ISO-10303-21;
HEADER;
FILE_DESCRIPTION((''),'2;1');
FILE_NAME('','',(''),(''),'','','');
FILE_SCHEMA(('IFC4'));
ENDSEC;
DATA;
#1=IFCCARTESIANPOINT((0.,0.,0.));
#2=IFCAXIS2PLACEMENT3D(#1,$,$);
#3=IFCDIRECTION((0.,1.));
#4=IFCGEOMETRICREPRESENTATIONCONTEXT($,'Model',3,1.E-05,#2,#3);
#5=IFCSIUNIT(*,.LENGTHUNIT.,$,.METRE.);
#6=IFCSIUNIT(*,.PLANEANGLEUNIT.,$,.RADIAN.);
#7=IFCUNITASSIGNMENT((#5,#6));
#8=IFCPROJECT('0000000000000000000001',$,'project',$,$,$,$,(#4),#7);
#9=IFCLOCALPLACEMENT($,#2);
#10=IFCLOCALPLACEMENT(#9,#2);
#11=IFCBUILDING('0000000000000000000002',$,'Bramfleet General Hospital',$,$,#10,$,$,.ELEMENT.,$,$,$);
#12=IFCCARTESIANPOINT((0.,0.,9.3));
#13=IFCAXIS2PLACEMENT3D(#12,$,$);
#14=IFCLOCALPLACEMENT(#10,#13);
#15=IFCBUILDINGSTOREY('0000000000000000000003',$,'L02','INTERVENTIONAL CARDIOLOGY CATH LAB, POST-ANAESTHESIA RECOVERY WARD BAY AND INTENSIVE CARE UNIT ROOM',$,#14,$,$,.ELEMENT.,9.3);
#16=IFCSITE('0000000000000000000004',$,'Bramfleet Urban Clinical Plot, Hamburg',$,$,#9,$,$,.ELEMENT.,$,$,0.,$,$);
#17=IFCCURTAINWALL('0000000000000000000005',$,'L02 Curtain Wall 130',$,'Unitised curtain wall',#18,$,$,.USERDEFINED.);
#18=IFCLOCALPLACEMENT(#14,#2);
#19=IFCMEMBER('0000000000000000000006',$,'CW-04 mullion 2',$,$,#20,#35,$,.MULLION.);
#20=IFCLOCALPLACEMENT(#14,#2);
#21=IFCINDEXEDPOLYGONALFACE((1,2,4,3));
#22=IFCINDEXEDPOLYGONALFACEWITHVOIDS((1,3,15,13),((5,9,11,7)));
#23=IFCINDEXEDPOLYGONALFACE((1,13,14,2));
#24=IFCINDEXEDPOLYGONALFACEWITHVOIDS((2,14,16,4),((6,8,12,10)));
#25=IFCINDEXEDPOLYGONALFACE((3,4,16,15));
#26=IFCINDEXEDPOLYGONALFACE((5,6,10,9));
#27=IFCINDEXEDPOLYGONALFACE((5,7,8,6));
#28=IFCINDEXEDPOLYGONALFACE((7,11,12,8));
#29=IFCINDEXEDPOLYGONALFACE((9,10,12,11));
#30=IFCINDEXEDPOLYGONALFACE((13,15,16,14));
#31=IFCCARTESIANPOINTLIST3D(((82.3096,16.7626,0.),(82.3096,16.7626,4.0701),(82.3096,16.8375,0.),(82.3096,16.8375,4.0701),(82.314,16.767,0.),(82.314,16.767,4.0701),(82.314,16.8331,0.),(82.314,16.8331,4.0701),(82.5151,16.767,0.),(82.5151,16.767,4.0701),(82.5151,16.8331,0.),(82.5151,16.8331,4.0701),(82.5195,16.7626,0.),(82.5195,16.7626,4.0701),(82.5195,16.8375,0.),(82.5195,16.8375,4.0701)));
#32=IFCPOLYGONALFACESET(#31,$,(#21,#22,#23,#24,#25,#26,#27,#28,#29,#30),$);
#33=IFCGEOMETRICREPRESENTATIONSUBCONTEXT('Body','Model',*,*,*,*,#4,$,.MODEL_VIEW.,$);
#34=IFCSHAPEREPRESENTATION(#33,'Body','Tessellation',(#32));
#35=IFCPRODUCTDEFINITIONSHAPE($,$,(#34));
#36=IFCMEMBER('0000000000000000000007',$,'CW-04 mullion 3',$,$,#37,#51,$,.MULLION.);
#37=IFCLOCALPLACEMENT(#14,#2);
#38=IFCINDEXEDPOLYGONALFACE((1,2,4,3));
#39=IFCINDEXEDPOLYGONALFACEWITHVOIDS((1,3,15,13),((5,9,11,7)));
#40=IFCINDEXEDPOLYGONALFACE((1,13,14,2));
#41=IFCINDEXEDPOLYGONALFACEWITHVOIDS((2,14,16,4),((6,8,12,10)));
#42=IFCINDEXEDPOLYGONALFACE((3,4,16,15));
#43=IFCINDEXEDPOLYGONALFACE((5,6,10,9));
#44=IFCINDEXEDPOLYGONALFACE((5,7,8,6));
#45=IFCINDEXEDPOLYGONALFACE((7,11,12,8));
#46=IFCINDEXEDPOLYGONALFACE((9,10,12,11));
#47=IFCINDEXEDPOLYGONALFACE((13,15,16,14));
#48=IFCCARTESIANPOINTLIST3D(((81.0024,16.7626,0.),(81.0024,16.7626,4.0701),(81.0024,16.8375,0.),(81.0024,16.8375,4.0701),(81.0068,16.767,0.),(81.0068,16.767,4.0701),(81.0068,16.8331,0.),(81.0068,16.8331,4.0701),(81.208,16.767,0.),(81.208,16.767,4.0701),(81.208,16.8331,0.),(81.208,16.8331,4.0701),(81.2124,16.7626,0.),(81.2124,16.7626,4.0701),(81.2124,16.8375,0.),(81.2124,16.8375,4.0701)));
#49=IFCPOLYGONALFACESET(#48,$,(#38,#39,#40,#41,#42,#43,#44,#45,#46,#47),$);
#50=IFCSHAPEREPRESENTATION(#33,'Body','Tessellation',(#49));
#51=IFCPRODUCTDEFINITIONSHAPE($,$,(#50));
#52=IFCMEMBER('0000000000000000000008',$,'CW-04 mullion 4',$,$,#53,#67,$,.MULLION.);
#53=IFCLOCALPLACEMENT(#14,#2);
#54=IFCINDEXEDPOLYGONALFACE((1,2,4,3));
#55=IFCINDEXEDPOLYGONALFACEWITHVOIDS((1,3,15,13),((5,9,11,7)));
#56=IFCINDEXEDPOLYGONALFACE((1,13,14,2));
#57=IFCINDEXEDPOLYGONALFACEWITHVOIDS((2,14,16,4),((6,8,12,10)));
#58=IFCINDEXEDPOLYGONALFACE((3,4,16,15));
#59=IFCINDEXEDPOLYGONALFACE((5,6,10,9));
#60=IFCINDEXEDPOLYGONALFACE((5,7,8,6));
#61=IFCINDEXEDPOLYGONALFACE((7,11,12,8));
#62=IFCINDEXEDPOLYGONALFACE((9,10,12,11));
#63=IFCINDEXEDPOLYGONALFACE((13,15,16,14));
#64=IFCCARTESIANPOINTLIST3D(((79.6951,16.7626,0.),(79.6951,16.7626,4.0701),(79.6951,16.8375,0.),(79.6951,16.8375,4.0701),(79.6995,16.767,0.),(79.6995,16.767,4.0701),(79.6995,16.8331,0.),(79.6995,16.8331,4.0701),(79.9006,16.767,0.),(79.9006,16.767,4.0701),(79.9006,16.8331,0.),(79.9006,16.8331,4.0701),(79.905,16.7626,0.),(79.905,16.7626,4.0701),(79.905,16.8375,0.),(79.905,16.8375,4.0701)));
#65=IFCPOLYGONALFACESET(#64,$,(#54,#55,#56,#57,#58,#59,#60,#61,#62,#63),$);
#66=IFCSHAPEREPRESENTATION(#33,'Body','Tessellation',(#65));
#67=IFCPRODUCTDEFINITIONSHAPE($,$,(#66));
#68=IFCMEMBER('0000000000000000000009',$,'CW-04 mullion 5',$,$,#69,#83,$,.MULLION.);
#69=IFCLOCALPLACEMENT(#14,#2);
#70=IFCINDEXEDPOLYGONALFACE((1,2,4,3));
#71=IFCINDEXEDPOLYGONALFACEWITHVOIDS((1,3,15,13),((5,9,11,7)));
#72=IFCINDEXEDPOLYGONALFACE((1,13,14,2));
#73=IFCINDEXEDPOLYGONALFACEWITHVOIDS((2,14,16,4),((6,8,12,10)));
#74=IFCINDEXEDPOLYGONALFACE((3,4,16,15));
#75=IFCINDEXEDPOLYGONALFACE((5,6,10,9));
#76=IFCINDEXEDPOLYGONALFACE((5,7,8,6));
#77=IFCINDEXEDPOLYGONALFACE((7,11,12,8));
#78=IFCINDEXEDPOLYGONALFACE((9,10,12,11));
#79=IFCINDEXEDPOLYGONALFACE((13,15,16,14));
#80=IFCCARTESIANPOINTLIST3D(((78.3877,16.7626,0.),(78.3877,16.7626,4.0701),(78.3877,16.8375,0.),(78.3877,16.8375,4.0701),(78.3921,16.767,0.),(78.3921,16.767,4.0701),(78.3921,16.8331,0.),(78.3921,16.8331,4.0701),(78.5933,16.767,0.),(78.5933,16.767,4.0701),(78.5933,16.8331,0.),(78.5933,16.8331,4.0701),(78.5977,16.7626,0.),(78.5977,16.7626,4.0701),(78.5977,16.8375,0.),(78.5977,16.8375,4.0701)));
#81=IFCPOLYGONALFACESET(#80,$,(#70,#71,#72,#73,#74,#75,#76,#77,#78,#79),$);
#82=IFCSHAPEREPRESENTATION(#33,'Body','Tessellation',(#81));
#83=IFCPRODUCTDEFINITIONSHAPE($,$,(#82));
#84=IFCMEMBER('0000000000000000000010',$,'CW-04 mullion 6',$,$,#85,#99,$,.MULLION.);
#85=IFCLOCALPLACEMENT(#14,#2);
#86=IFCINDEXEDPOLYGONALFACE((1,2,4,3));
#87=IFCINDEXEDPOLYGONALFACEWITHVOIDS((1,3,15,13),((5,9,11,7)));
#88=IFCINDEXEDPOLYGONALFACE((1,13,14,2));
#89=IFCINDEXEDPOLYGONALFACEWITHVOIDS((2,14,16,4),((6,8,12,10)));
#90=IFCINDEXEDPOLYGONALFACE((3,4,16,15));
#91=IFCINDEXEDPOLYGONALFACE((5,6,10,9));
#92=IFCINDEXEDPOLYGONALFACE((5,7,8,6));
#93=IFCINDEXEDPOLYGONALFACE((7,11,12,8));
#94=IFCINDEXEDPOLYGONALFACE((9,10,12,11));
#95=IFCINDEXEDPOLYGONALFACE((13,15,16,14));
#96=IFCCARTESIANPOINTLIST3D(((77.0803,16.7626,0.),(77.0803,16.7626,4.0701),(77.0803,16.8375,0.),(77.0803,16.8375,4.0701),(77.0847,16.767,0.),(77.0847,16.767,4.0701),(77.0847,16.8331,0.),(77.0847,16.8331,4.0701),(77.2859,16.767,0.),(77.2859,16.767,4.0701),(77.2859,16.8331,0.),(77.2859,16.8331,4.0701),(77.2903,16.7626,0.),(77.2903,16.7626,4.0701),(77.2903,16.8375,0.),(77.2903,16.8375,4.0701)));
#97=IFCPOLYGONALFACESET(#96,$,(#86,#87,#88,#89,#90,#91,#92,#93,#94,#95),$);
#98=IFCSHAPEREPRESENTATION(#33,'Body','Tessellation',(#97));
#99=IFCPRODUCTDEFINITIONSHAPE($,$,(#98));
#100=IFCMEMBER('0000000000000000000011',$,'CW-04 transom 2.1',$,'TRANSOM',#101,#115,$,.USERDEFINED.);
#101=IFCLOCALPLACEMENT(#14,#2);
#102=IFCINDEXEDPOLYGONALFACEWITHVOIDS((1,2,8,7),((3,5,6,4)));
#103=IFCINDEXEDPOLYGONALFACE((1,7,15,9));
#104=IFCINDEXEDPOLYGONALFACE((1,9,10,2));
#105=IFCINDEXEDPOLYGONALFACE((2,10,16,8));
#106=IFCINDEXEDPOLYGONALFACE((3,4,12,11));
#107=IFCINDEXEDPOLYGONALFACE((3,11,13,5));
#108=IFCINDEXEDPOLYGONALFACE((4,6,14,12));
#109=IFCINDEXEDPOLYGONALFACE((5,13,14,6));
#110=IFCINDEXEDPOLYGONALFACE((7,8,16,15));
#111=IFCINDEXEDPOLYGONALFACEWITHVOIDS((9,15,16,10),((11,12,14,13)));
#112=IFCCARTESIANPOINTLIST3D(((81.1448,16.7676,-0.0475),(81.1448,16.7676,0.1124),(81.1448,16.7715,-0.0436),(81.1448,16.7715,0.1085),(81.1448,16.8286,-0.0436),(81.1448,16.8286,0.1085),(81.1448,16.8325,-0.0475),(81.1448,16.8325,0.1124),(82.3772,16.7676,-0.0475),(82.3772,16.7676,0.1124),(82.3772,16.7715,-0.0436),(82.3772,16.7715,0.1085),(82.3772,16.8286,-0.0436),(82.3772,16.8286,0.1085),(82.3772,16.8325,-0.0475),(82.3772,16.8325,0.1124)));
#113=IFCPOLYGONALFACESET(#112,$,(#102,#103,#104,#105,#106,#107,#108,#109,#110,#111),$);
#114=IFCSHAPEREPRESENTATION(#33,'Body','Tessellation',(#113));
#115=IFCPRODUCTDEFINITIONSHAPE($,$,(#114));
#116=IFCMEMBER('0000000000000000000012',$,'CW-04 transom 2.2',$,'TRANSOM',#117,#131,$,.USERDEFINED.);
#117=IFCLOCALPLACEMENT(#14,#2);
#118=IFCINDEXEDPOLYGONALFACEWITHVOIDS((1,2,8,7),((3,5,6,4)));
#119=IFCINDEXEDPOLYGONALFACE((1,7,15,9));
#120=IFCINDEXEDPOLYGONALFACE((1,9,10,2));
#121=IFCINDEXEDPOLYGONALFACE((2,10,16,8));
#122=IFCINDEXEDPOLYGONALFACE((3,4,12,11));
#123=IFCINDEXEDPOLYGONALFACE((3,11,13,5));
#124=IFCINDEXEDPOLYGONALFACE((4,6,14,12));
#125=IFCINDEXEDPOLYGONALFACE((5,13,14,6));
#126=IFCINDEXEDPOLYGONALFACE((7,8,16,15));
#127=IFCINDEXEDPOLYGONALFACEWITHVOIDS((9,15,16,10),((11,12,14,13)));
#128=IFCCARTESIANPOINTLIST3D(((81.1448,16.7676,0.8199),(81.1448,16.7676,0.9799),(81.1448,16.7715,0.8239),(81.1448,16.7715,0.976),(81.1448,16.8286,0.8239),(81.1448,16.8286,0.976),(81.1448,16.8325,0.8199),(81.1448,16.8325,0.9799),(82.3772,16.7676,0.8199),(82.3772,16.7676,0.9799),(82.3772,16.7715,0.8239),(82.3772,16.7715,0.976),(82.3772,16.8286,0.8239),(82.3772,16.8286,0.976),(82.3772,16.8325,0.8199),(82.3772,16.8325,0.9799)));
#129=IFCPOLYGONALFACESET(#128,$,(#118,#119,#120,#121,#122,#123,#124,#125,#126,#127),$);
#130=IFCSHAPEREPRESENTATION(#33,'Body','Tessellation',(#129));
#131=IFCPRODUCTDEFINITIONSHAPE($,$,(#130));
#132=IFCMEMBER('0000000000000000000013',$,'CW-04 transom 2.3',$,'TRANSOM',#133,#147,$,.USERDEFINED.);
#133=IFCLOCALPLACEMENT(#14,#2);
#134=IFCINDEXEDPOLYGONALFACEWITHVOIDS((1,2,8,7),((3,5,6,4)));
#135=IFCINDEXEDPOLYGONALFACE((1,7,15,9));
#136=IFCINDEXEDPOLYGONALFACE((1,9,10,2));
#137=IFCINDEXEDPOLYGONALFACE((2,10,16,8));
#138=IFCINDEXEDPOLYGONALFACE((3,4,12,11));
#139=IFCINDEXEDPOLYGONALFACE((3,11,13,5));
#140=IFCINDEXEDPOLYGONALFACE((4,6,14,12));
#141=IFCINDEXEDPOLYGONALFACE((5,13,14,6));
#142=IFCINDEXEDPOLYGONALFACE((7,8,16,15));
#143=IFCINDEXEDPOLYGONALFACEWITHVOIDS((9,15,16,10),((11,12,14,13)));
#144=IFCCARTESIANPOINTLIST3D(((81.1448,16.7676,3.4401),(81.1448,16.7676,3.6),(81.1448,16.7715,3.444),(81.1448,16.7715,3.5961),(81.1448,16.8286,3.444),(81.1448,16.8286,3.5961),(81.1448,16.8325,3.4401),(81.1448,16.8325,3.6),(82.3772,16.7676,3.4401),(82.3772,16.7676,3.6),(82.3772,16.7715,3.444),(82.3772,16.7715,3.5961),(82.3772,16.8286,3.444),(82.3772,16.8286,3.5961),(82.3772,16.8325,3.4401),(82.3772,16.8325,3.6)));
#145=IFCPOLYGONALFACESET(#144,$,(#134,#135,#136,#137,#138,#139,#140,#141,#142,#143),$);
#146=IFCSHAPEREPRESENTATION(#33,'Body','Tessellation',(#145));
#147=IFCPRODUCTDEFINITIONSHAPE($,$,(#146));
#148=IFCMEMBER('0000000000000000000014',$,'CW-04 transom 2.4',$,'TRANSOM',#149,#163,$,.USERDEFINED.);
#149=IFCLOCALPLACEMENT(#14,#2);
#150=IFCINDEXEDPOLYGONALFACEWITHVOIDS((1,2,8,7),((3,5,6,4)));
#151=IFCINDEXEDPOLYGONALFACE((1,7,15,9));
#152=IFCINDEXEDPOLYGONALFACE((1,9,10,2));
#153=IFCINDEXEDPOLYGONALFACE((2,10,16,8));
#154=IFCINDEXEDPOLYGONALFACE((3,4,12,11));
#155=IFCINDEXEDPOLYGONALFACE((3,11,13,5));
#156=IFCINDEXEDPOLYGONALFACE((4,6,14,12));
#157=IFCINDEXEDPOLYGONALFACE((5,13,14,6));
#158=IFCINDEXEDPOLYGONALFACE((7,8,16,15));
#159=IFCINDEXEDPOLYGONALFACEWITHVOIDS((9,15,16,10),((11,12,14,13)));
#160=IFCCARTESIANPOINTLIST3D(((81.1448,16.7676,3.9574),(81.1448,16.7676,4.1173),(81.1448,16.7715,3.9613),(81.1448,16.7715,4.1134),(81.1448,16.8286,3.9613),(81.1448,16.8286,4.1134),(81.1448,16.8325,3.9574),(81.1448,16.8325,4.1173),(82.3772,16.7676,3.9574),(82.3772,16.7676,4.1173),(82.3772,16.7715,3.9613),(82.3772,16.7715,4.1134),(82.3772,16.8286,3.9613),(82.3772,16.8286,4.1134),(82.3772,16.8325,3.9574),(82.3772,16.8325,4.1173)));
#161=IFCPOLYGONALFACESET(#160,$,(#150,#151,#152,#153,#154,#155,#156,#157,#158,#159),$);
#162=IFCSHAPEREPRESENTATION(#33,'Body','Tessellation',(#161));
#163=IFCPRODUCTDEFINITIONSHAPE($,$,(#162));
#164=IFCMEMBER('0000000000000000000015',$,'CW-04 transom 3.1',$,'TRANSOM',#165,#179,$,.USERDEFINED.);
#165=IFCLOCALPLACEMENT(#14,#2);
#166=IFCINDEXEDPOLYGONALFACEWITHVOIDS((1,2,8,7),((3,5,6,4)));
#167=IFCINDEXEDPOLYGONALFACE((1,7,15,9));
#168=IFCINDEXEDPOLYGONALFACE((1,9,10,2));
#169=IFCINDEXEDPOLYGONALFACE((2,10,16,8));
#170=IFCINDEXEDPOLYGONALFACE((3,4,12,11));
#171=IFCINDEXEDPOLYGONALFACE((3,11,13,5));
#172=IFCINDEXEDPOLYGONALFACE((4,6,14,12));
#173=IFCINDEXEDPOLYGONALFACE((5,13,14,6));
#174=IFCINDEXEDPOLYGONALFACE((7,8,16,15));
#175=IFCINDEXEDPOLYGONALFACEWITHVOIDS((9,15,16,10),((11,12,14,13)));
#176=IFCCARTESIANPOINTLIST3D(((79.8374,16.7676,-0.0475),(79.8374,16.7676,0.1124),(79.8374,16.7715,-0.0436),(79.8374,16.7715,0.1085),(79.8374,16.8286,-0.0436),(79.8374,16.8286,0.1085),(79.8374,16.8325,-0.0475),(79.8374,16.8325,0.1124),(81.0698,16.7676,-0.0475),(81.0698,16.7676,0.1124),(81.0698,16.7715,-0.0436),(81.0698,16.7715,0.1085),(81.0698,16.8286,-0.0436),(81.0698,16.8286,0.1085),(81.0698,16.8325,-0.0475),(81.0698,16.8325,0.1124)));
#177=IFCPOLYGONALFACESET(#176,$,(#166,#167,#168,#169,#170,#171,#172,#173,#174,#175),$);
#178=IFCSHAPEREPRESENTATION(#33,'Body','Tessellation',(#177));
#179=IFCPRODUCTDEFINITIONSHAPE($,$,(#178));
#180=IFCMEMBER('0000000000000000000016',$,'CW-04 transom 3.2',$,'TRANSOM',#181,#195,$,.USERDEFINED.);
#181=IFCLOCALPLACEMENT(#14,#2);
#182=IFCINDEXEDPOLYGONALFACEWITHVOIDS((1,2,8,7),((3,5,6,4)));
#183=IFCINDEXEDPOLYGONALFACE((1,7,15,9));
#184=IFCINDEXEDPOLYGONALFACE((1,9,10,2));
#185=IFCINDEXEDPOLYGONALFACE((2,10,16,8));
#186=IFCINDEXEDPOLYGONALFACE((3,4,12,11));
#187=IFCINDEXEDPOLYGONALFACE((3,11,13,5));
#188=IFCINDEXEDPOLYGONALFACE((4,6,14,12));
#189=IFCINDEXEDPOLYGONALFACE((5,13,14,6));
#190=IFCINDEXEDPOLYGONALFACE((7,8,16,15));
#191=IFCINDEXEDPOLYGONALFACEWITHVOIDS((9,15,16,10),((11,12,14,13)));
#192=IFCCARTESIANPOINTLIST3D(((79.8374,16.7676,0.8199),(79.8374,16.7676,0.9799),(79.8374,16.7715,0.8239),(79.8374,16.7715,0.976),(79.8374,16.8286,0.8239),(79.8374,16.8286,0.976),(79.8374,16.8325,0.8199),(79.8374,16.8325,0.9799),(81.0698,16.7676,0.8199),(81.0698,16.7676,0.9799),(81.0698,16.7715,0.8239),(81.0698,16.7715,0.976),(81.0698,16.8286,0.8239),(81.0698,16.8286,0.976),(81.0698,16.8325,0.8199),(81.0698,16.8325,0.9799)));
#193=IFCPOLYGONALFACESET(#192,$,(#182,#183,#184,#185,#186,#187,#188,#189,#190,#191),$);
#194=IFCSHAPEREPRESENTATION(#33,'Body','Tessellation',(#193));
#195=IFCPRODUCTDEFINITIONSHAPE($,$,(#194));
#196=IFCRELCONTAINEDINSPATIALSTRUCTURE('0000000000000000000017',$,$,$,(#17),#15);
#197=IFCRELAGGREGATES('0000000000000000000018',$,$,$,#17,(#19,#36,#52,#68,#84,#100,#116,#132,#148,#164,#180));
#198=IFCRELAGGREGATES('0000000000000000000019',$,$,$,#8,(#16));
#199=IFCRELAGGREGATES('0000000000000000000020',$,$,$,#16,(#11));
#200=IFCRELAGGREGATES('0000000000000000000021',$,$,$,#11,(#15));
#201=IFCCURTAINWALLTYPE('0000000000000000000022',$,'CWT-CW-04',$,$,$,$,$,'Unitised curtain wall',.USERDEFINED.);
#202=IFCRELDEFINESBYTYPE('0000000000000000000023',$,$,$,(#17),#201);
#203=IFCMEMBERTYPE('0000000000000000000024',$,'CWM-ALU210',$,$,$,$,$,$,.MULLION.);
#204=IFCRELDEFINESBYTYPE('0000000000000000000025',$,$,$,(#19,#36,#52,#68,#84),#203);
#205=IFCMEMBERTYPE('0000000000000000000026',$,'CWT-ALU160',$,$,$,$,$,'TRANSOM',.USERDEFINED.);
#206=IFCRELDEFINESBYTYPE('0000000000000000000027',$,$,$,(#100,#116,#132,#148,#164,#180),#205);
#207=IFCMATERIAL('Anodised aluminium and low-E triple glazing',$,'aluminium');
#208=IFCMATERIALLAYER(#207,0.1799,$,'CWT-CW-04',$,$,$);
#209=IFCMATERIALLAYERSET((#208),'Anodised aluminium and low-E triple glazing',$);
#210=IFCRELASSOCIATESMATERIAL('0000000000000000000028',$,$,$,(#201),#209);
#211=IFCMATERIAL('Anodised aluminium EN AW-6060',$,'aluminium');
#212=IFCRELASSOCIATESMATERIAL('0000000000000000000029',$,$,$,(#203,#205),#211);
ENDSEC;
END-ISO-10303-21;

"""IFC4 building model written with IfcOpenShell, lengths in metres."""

from ifc_helpers import new_model, si_unit, direction, frame, origin, origin_2d, place, context, subcontext, project, spatial, hollow_rectangle, extrude, material, layer, layer_set, material_profile, profile_set, type_object, element, aggregate, save


model = new_model("IFC4")

# Units and contexts
model_context = context("Model", 3, precision=1e-05, world=origin(), true_north=direction((0.0, 1.0)))
body_context = subcontext(model_context, "Body", "Model", "MODEL_VIEW")
ifc_project = project(units=[si_unit("LENGTHUNIT", "METRE"), si_unit("PLANEANGLEUNIT", "RADIAN")], contexts=[model_context])

# Site, building, storey
site_placement = place(None, origin())
site = spatial("IfcSite", under=ifc_project, at=site_placement, Name="Bramfleet Urban Clinical Plot, Hamburg", CompositionType="ELEMENT", RefElevation=0.0)
building_placement = place(site_placement, origin())
building = spatial("IfcBuilding", under=site, at=building_placement, Name="Bramfleet General Hospital", CompositionType="ELEMENT")
storey_placement = place(building_placement, frame((0.0, 0.0, 9.3)))
storey = spatial("IfcBuildingStorey", under=building, at=storey_placement, Name="L02", Description="INTERVENTIONAL CARDIOLOGY CATH LAB, POST-ANAESTHESIA RECOVERY WARD BAY AND INTENSIVE CARE UNIT ROOM", CompositionType="ELEMENT", Elevation=9.3)

# Curtain wall, members
ifc_material_1 = material(Name="Anodised aluminium and low-E triple glazing", Category="aluminium")
ifc_layer_1 = layer(ifc_material_1, 0.1799, Name="CWT-CW-04")
ifc_layer_set_1 = layer_set([ifc_layer_1], Name="Anodised aluminium and low-E triple glazing")
curtain_wall_type = type_object("IfcCurtainWallType", Name="CWT-CW-04", ElementType="Unitised curtain wall", PredefinedType="USERDEFINED", material=ifc_layer_set_1)
curtain_wall_placement = place(storey_placement, origin())
curtain_wall = element("IfcCurtainWall", 1, at=curtain_wall_placement, inside=storey, type_object=curtain_wall_type, Name="L02 Curtain Wall 130", ObjectType="Unitised curtain wall", PredefinedType="USERDEFINED")
ifc_material_2 = material(Name="Anodised aluminium EN AW-6060", Category="aluminium")
ifc_material_profile_1 = material_profile(ifc_material_2, hollow_rectangle(XDim=0.075, YDim=0.21, WallThickness=0.0044, at=origin_2d()), Name="ALU 210x75x4.5")
ifc_profile_set_1 = profile_set([ifc_material_profile_1], Name="Anodised aluminium EN AW-6060")
member_type_1 = type_object("IfcMemberType", Name="CWM-ALU210", PredefinedType="MULLION", material=ifc_profile_set_1)
member_1_placement = place(storey_placement, frame((82.4146, 16.8, 0.0), z_axis=(0.0, 0.0, 1.0), x_axis=(0.0, -1.0, 0.0)))
member_1 = element("IfcMember", 2, at=member_1_placement, type_object=member_type_1, Name="CW-04 mullion 2", PredefinedType="MULLION", context=body_context, shape_type="SweptSolid", body=[
    extrude(hollow_rectangle(XDim=0.075, YDim=0.21, WallThickness=0.0044, at=origin_2d()), origin(), (0.0, 0.0, 1.0), 4.0701),
])
member_2_placement = place(storey_placement, frame((81.1074, 16.8, 0.0), z_axis=(0.0, 0.0, 1.0), x_axis=(0.0, -1.0, 0.0)))
member_2 = element("IfcMember", 3, at=member_2_placement, type_object=member_type_1, Name="CW-04 mullion 3", PredefinedType="MULLION", context=body_context, shape_type="SweptSolid", body=[
    extrude(hollow_rectangle(XDim=0.075, YDim=0.21, WallThickness=0.0044, at=origin_2d()), origin(), (0.0, 0.0, 1.0), 4.0701),
])
member_3_placement = place(storey_placement, frame((79.8, 16.8, 0.0), z_axis=(0.0, 0.0, 1.0), x_axis=(0.0, -1.0, 0.0)))
member_3 = element("IfcMember", 4, at=member_3_placement, type_object=member_type_1, Name="CW-04 mullion 4", PredefinedType="MULLION", context=body_context, shape_type="SweptSolid", body=[
    extrude(hollow_rectangle(XDim=0.075, YDim=0.21, WallThickness=0.0044, at=origin_2d()), origin(), (0.0, 0.0, 1.0), 4.0701),
])
member_4_placement = place(storey_placement, frame((78.4927, 16.8, 0.0), z_axis=(0.0, 0.0, 1.0), x_axis=(0.0, -1.0, 0.0)))
member_4 = element("IfcMember", 5, at=member_4_placement, type_object=member_type_1, Name="CW-04 mullion 5", PredefinedType="MULLION", context=body_context, shape_type="SweptSolid", body=[
    extrude(hollow_rectangle(XDim=0.075, YDim=0.21, WallThickness=0.0044, at=origin_2d()), origin(), (0.0, 0.0, 1.0), 4.0701),
])
member_5_placement = place(storey_placement, frame((77.1853, 16.8, 0.0), z_axis=(0.0, 0.0, 1.0), x_axis=(0.0, -1.0, 0.0)))
member_5 = element("IfcMember", 6, at=member_5_placement, type_object=member_type_1, Name="CW-04 mullion 6", PredefinedType="MULLION", context=body_context, shape_type="SweptSolid", body=[
    extrude(hollow_rectangle(XDim=0.075, YDim=0.21, WallThickness=0.0044, at=origin_2d()), origin(), (0.0, 0.0, 1.0), 4.0701),
])
ifc_material_profile_2 = material_profile(ifc_material_2, hollow_rectangle(XDim=0.0649, YDim=0.1599, WallThickness=0.0039, at=origin_2d()), Name="ALU 160x65x4.0")
ifc_profile_set_2 = profile_set([ifc_material_profile_2], Name="Anodised aluminium EN AW-6060")
member_type_2 = type_object("IfcMemberType", Name="CWT-ALU160", ElementType="TRANSOM", PredefinedType="USERDEFINED", material=ifc_profile_set_2)
member_6_placement = place(storey_placement, frame((82.3772, 16.8, 0.0325), z_axis=(-1.0, 0.0, 0.0), x_axis=(0.0, -1.0, 0.0)))
member_6 = element("IfcMember", 7, at=member_6_placement, type_object=member_type_2, Name="CW-04 transom 2.1", ObjectType="TRANSOM", PredefinedType="USERDEFINED", context=body_context, shape_type="SweptSolid", body=[
    extrude(hollow_rectangle(XDim=0.0649, YDim=0.1599, WallThickness=0.0039, at=origin_2d()), origin(), (0.0, 0.0, 1.0), 1.2324),
])
member_7_placement = place(storey_placement, frame((82.3772, 16.8, 0.8999), z_axis=(-1.0, 0.0, 0.0), x_axis=(0.0, -1.0, 0.0)))
member_7 = element("IfcMember", 8, at=member_7_placement, type_object=member_type_2, Name="CW-04 transom 2.2", ObjectType="TRANSOM", PredefinedType="USERDEFINED", context=body_context, shape_type="SweptSolid", body=[
    extrude(hollow_rectangle(XDim=0.0649, YDim=0.1599, WallThickness=0.0039, at=origin_2d()), origin(), (0.0, 0.0, 1.0), 1.2324),
])
member_8_placement = place(storey_placement, frame((82.3772, 16.8, 3.52), z_axis=(-1.0, 0.0, 0.0), x_axis=(0.0, -1.0, 0.0)))
member_8 = element("IfcMember", 9, at=member_8_placement, type_object=member_type_2, Name="CW-04 transom 2.3", ObjectType="TRANSOM", PredefinedType="USERDEFINED", context=body_context, shape_type="SweptSolid", body=[
    extrude(hollow_rectangle(XDim=0.0649, YDim=0.1599, WallThickness=0.0039, at=origin_2d()), origin(), (0.0, 0.0, 1.0), 1.2324),
])
member_9_placement = place(storey_placement, frame((82.3772, 16.8, 4.0374), z_axis=(-1.0, 0.0, 0.0), x_axis=(0.0, -1.0, 0.0)))
member_9 = element("IfcMember", 10, at=member_9_placement, type_object=member_type_2, Name="CW-04 transom 2.4", ObjectType="TRANSOM", PredefinedType="USERDEFINED", context=body_context, shape_type="SweptSolid", body=[
    extrude(hollow_rectangle(XDim=0.0649, YDim=0.1599, WallThickness=0.0039, at=origin_2d()), origin(), (0.0, 0.0, 1.0), 1.2324),
])
member_10_placement = place(storey_placement, frame((81.0698, 16.8, 0.0325), z_axis=(-1.0, 0.0, 0.0), x_axis=(0.0, -1.0, 0.0)))
member_10 = element("IfcMember", 11, at=member_10_placement, type_object=member_type_2, Name="CW-04 transom 3.1", ObjectType="TRANSOM", PredefinedType="USERDEFINED", context=body_context, shape_type="SweptSolid", body=[
    extrude(hollow_rectangle(XDim=0.0649, YDim=0.1599, WallThickness=0.0039, at=origin_2d()), origin(), (0.0, 0.0, 1.0), 1.2324),
])
member_11_placement = place(storey_placement, frame((81.0698, 16.8, 0.8999), z_axis=(-1.0, 0.0, 0.0), x_axis=(0.0, -1.0, 0.0)))
member_11 = element("IfcMember", 12, at=member_11_placement, type_object=member_type_2, Name="CW-04 transom 3.2", ObjectType="TRANSOM", PredefinedType="USERDEFINED", context=body_context, shape_type="SweptSolid", body=[
    extrude(hollow_rectangle(XDim=0.0649, YDim=0.1599, WallThickness=0.0039, at=origin_2d()), origin(), (0.0, 0.0, 1.0), 1.2324),
])
aggregate(curtain_wall, [member_1, member_2, member_3, member_4, member_5, member_6, member_7, member_8, member_9, member_10, member_11])

save(model, "model.ifc")
